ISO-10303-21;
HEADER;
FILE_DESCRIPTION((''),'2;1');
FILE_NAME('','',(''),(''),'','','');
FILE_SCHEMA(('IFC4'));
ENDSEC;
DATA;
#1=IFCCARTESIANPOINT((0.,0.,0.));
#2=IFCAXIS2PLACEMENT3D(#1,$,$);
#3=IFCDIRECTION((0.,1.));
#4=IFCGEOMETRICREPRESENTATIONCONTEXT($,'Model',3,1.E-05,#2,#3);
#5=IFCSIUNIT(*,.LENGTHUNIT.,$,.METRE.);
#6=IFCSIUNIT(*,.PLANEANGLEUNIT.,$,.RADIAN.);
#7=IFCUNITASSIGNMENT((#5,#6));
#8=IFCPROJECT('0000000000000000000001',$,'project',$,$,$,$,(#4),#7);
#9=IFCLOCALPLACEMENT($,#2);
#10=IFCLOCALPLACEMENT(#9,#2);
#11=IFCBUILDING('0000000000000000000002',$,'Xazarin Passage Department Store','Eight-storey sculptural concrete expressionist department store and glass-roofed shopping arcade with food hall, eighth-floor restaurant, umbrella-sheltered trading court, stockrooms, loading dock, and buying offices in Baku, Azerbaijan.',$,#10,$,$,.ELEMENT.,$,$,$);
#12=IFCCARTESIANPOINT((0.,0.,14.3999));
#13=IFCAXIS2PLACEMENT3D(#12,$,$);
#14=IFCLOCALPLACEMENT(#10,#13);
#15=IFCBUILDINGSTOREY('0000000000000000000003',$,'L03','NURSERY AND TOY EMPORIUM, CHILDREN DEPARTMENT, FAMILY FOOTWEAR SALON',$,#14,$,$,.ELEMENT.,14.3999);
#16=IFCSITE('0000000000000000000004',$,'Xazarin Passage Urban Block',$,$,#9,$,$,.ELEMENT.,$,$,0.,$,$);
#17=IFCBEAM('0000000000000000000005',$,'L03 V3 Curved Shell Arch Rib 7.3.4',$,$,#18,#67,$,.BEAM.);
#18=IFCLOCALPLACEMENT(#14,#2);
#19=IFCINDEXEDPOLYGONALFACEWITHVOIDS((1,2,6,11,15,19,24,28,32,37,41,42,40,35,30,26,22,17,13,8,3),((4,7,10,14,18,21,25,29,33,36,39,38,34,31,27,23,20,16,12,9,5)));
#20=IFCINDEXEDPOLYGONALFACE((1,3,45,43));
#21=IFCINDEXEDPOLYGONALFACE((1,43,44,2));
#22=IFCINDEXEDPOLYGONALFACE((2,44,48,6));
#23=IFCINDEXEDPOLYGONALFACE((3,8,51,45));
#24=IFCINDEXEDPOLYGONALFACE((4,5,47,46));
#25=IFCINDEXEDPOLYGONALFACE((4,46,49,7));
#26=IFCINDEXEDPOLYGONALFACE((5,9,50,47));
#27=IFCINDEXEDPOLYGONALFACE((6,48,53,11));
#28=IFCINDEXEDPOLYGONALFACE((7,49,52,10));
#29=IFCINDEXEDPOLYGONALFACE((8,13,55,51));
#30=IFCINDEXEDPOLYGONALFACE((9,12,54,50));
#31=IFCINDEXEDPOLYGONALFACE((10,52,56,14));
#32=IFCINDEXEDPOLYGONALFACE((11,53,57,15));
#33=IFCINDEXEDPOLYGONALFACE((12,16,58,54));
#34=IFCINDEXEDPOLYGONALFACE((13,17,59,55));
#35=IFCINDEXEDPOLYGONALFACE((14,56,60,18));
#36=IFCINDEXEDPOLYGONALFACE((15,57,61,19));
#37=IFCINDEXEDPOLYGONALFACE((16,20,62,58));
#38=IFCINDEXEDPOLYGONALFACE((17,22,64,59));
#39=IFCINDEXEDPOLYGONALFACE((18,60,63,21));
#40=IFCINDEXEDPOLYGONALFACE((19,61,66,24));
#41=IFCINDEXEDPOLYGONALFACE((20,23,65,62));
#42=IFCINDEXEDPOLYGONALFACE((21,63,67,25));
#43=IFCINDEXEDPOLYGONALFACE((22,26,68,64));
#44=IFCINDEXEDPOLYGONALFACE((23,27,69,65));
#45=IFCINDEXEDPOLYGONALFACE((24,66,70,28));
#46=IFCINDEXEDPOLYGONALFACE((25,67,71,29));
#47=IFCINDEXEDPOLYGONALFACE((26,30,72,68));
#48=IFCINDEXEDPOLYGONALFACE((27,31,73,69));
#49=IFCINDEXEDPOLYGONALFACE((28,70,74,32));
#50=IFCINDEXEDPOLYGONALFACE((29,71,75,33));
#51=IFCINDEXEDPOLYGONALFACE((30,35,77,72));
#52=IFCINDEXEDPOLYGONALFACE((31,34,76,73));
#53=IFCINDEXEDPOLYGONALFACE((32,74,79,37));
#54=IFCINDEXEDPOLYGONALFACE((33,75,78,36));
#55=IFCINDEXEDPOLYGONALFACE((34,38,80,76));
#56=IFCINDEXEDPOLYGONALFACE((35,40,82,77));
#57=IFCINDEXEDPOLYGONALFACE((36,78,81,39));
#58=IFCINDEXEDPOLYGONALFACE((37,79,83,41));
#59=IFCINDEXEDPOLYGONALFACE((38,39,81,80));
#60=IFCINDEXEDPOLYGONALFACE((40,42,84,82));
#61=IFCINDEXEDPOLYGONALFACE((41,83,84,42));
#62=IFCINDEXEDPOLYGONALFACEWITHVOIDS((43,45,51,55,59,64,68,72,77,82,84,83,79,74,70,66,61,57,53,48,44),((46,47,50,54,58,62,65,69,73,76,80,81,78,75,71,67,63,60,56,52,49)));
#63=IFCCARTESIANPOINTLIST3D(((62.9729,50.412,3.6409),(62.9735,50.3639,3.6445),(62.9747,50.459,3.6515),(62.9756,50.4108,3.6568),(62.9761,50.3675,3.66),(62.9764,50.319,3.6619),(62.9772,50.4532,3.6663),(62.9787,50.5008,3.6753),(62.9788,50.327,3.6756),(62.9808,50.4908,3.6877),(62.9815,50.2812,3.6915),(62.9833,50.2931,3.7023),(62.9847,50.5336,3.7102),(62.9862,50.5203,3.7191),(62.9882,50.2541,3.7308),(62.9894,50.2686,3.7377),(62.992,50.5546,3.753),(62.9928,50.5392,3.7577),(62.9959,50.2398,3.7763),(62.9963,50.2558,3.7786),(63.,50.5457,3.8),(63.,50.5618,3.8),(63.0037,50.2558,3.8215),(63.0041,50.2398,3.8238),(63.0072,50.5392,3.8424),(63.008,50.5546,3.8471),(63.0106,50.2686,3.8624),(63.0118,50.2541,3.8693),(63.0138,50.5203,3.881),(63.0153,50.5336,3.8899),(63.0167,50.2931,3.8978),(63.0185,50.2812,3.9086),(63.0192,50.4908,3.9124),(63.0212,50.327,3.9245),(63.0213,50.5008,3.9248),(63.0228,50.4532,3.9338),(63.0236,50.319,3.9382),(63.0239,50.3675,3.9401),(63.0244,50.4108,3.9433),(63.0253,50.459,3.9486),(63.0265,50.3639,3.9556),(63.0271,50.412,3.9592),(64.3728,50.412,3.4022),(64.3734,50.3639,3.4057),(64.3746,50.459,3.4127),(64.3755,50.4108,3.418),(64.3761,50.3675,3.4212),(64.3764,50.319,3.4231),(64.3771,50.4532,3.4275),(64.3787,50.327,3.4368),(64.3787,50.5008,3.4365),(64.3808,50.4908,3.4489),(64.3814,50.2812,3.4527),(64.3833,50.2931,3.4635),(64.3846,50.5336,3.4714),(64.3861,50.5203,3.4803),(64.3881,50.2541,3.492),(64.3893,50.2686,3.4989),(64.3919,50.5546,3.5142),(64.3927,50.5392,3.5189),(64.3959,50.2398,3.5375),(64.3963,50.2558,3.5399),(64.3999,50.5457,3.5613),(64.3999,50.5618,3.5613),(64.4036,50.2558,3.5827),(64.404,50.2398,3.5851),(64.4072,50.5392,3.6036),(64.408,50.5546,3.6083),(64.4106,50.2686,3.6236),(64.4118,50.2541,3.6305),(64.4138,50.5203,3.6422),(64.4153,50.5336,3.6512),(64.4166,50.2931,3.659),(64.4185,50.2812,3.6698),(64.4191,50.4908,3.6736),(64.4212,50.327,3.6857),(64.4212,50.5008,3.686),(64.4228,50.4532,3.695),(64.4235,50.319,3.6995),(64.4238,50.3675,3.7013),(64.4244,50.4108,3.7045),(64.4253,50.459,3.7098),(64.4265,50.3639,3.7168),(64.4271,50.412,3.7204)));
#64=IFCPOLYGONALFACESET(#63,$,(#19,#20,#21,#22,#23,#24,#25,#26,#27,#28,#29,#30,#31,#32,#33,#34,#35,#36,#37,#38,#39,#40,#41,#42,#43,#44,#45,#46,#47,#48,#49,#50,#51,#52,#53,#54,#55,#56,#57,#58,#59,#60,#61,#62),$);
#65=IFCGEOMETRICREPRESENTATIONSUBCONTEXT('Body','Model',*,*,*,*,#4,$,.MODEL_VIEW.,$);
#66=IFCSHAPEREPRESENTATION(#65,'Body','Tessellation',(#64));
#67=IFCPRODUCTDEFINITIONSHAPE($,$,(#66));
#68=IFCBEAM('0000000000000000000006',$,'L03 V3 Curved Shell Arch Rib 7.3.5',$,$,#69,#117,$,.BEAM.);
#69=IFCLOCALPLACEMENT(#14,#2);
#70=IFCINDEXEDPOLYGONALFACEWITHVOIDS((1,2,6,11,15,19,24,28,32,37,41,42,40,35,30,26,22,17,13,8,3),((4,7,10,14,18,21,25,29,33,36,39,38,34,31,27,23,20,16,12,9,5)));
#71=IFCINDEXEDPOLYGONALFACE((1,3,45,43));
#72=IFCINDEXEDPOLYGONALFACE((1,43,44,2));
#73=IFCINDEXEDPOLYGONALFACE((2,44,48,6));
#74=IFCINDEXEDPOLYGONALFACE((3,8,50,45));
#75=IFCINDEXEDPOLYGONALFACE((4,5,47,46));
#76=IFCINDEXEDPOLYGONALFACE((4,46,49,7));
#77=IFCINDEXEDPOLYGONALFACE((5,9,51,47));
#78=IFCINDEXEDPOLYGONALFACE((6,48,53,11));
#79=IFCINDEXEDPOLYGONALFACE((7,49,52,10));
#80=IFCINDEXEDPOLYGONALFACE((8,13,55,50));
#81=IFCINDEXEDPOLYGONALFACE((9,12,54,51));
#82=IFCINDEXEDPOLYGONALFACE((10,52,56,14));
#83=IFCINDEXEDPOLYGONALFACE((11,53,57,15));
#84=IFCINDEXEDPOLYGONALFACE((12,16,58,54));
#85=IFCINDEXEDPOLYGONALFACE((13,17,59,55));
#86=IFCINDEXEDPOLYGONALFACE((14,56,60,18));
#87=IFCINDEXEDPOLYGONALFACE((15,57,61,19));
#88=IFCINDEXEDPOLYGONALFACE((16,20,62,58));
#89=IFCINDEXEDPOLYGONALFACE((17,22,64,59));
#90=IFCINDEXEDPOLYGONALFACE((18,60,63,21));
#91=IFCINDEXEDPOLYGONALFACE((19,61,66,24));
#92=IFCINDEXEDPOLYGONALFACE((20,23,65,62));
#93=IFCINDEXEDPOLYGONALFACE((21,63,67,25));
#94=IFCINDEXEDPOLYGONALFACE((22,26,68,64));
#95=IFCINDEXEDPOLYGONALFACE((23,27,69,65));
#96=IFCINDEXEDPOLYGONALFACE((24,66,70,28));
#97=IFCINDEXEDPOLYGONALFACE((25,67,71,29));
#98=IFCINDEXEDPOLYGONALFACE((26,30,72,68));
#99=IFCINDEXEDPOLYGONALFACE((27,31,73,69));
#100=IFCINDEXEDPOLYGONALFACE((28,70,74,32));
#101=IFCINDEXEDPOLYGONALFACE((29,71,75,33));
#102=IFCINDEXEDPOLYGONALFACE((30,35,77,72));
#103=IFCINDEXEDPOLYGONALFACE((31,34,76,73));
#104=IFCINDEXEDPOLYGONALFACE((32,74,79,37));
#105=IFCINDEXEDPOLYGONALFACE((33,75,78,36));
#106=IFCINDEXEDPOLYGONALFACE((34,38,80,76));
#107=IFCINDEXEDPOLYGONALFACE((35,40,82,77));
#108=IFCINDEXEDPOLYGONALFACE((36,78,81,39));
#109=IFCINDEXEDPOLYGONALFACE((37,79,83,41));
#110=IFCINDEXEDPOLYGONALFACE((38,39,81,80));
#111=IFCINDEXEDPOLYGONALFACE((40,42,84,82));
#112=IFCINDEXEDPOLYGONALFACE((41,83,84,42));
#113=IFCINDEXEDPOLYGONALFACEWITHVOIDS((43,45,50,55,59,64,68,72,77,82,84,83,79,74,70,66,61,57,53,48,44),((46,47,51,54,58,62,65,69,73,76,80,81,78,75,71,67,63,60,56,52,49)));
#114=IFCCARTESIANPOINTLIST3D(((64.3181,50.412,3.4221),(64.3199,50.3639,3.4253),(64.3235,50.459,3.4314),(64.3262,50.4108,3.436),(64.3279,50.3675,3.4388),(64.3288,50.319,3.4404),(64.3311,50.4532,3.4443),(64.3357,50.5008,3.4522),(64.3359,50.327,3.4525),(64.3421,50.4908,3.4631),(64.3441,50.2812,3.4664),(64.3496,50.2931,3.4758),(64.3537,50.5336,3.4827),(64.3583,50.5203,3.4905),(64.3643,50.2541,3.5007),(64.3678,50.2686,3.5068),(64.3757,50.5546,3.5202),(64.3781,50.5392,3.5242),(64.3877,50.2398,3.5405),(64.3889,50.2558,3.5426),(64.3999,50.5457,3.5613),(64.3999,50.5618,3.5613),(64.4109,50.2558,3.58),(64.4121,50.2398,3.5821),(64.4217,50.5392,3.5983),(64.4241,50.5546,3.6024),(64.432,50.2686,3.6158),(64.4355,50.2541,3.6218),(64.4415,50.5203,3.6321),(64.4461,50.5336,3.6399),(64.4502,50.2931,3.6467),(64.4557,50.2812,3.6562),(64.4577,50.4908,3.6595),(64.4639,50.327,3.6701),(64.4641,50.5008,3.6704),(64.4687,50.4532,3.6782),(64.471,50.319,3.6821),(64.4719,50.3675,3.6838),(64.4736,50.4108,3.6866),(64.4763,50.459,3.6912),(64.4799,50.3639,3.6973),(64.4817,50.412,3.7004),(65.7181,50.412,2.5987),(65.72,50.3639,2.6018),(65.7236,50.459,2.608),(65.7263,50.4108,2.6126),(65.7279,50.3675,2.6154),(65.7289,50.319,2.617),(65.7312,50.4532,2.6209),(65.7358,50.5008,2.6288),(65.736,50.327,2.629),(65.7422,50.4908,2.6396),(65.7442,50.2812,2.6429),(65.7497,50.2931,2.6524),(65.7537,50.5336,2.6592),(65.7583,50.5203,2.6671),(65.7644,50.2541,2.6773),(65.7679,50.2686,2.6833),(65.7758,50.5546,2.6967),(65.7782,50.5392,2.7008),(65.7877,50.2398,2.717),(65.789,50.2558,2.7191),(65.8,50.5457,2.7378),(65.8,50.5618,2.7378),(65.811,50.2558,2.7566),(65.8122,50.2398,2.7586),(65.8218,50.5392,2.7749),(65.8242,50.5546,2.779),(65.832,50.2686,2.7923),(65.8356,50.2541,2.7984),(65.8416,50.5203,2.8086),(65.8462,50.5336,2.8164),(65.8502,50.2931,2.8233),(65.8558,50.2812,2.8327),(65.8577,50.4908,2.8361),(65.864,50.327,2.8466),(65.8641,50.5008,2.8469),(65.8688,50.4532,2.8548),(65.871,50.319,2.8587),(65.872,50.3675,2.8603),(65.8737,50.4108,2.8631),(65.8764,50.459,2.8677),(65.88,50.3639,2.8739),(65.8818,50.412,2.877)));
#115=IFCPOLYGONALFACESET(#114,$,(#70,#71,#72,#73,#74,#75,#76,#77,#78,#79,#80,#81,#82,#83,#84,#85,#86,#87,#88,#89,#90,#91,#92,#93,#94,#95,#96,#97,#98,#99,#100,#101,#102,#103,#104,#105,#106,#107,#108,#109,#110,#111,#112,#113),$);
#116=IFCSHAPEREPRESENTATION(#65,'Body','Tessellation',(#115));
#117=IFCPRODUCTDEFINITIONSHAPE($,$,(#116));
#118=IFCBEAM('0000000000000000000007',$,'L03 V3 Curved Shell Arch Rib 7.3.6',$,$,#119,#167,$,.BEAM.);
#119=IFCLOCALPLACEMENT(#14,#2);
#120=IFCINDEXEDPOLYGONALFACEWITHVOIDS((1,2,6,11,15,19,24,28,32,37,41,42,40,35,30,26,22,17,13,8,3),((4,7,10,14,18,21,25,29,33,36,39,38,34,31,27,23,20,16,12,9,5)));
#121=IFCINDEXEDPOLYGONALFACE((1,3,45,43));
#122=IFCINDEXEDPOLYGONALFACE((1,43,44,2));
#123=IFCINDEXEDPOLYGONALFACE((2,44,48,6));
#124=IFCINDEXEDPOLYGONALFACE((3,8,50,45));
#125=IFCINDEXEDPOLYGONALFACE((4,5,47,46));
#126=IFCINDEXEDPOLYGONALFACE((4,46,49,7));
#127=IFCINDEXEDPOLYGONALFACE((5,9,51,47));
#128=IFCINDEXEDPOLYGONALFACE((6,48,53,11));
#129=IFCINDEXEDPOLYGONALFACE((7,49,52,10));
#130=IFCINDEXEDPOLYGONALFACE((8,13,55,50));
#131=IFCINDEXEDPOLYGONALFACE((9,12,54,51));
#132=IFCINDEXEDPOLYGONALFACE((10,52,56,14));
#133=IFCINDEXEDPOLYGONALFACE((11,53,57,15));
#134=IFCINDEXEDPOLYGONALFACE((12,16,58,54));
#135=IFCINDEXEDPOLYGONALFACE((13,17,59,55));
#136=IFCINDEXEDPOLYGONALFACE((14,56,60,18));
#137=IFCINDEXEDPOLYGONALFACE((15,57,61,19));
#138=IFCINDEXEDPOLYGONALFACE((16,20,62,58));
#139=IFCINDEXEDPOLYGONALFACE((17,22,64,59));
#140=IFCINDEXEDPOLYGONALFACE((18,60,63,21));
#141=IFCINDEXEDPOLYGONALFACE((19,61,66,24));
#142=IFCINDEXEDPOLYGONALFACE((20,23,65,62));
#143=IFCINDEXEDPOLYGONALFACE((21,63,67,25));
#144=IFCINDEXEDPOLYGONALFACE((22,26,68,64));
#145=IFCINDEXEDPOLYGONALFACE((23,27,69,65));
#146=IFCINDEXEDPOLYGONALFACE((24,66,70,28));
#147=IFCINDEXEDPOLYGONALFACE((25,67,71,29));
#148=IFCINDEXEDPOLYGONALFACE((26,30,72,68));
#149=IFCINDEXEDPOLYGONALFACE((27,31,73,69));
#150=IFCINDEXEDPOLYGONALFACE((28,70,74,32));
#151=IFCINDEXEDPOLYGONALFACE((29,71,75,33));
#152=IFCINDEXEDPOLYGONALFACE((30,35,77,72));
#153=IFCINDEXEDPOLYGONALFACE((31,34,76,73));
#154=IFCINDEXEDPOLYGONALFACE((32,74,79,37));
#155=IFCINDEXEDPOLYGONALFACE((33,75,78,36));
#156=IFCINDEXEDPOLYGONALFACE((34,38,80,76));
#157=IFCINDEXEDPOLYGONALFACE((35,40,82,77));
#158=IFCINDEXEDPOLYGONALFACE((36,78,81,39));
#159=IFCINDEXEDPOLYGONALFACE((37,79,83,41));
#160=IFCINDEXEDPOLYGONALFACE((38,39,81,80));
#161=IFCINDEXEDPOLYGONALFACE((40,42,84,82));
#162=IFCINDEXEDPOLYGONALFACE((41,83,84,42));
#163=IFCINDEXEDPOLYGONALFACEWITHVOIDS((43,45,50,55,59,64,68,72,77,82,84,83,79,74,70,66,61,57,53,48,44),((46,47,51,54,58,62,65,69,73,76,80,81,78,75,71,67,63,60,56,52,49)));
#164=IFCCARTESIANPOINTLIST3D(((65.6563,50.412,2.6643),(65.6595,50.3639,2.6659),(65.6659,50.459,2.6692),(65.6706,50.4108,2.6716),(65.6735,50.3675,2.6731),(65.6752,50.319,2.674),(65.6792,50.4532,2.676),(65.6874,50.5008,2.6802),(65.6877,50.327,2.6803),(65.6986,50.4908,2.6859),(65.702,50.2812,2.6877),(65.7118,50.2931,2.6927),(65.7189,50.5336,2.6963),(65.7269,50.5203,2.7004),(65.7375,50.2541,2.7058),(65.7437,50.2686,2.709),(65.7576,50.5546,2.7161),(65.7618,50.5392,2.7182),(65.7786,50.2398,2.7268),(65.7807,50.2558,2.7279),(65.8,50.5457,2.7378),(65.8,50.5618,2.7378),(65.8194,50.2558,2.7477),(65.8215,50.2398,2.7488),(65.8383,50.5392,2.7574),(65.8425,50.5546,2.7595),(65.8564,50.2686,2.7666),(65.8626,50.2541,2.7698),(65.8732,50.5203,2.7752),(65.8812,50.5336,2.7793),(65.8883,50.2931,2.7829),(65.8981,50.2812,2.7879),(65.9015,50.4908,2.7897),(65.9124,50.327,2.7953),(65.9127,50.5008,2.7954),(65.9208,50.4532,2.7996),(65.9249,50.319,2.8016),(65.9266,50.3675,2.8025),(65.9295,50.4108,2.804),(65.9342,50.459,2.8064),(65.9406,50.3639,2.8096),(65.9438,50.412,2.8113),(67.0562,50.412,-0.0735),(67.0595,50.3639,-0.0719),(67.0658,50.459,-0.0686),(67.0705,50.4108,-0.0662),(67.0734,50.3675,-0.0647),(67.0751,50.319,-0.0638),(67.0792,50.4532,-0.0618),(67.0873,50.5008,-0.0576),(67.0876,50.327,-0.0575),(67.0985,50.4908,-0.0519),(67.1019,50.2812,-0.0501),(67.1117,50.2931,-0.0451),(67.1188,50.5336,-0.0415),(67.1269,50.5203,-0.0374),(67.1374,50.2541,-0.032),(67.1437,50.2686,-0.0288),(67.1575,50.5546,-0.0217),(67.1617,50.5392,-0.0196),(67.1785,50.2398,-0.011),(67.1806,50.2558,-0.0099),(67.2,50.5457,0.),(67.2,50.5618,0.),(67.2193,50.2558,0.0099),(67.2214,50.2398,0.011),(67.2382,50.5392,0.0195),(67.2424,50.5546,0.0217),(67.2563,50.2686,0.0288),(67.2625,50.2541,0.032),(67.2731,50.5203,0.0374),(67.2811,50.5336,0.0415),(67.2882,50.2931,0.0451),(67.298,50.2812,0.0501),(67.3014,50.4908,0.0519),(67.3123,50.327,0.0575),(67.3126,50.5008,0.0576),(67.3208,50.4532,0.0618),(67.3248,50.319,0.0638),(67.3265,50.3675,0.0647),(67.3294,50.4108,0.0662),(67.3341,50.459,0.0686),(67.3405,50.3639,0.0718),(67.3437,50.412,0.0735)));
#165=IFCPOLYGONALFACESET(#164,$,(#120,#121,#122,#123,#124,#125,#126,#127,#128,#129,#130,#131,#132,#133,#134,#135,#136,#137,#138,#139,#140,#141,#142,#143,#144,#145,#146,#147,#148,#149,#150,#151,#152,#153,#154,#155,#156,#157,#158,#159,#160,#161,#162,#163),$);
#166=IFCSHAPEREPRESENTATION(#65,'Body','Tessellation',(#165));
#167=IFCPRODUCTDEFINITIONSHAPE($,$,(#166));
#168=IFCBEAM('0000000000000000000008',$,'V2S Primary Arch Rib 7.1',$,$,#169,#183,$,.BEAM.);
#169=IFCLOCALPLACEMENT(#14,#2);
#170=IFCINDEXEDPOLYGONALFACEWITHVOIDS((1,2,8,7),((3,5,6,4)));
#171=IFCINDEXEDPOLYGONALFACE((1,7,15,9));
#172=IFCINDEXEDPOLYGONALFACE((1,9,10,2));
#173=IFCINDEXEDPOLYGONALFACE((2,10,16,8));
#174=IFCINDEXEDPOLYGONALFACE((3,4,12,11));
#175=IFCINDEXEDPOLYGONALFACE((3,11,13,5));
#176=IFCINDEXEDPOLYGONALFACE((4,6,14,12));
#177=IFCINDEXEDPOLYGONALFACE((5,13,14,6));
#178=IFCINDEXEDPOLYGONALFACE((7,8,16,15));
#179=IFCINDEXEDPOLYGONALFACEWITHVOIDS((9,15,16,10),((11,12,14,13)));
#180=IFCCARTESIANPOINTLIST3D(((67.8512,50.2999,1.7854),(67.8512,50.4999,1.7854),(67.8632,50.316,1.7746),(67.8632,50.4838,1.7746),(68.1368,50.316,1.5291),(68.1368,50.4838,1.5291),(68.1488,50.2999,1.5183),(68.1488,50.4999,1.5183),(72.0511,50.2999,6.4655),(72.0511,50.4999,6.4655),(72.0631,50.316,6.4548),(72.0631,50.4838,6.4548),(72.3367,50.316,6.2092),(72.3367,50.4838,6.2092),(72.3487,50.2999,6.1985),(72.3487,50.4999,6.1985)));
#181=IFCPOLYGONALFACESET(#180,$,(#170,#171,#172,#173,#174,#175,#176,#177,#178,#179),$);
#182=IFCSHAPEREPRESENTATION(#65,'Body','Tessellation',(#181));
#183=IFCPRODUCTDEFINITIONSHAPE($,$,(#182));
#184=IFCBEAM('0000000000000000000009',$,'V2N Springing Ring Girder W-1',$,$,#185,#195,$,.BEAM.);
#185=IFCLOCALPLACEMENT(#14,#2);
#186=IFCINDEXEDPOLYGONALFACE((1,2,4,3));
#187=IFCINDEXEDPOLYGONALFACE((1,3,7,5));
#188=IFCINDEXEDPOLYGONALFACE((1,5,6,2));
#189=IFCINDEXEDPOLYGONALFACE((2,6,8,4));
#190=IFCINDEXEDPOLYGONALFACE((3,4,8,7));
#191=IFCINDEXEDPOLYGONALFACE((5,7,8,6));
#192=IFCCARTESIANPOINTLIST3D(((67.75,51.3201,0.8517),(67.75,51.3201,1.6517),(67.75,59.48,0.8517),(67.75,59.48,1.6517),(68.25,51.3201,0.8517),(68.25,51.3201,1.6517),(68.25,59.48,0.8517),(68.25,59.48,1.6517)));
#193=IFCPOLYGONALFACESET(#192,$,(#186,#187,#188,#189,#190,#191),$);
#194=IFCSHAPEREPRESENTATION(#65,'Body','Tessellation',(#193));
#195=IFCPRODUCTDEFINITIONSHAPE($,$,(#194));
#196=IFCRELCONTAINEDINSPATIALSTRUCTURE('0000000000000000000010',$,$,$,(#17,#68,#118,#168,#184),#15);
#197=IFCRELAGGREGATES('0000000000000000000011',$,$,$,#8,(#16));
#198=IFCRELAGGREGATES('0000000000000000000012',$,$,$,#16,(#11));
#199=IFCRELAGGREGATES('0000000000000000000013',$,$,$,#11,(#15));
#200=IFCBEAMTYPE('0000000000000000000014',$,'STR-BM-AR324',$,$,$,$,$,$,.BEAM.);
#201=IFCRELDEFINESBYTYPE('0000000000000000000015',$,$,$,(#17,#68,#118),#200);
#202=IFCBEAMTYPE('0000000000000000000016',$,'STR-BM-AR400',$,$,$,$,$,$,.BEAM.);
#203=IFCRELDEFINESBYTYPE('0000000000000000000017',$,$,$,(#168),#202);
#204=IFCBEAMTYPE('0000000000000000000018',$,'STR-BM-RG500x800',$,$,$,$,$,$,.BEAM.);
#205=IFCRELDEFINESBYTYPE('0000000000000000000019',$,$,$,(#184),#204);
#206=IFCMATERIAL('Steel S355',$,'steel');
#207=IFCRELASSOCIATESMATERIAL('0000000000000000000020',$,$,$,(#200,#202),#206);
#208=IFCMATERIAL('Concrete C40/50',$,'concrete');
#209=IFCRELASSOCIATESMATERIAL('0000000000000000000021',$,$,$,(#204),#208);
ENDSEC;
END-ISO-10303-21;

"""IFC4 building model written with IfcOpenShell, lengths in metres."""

from ifc_helpers import new_model, si_unit, direction, frame, origin, origin_2d, place, context, subcontext, project, spatial, rectangle, hollow_rectangle, hollow_circle, extrude, material, material_profile, profile_set, type_object, element, save


model = new_model("IFC4")

# Units and contexts
model_context = context("Model", 3, precision=1e-05, world=origin(), true_north=direction((0.0, 1.0)))
body_context = subcontext(model_context, "Body", "Model", "MODEL_VIEW")
ifc_project = project(units=[si_unit("LENGTHUNIT", "METRE"), si_unit("PLANEANGLEUNIT", "RADIAN")], contexts=[model_context])

# Site, building, storey
site_placement = place(None, origin())
site = spatial("IfcSite", under=ifc_project, at=site_placement, Name="Xazarin Passage Urban Block", CompositionType="ELEMENT", RefElevation=0.0)
building_placement = place(site_placement, origin())
building = spatial("IfcBuilding", under=site, at=building_placement, Name="Xazarin Passage Department Store", Description="Eight-storey sculptural concrete expressionist department store and glass-roofed shopping arcade with food hall, eighth-floor restaurant, umbrella-sheltered trading court, stockrooms, loading dock, and buying offices in Baku, Azerbaijan.", CompositionType="ELEMENT")
storey_placement = place(building_placement, frame((0.0, 0.0, 14.3999)))
storey = spatial("IfcBuildingStorey", under=building, at=storey_placement, Name="L03", Description="NURSERY AND TOY EMPORIUM, CHILDREN DEPARTMENT, FAMILY FOOTWEAR SALON", CompositionType="ELEMENT", Elevation=14.3999)

# Shared definitions
ifc_material_1 = material(Name="Steel S355", Category="steel")

# Beams
ifc_material_profile_1 = material_profile(ifc_material_1, hollow_circle(Radius=0.1619, WallThickness=0.0161, at=origin_2d()), Name="CHS 323.9x16")
ifc_profile_set_1 = profile_set([ifc_material_profile_1], Name="Steel S355")
beam_type_1 = type_object("IfcBeamType", Name="STR-BM-AR324", PredefinedType="BEAM", material=ifc_profile_set_1)
beam_1_placement = place(storey_placement, frame((63.0, 50.3999, 3.8), z_axis=(0.985764, 0.0, -0.168133), x_axis=(0.0, 1.0, 0.0)))
element("IfcBeam", 1, at=beam_1_placement, inside=storey, type_object=beam_type_1, Name="L03 V3 Curved Shell Arch Rib 7.3.4", PredefinedType="BEAM", context=body_context, shape_type="SweptSolid", body=[
    extrude(hollow_circle(Radius=0.1619, WallThickness=0.0161, at=origin_2d()), origin(), (0.0, 0.0, 1.0), 1.4202),
])
beam_2_placement = place(storey_placement, frame((64.3999, 50.3999, 3.5613), z_axis=(0.861969, 0.0, -0.506961), x_axis=(0.0, 1.0, 0.0)))
element("IfcBeam", 2, at=beam_2_placement, inside=storey, type_object=beam_type_1, Name="L03 V3 Curved Shell Arch Rib 7.3.5", PredefinedType="BEAM", context=body_context, shape_type="SweptSolid", body=[
    extrude(hollow_circle(Radius=0.1619, WallThickness=0.0161, at=origin_2d()), origin(), (0.0, 0.0, 1.0), 1.6243),
])
beam_3_placement = place(storey_placement, frame((65.8, 50.3999, 2.7378), z_axis=(0.455262, 0.0, -0.890357), x_axis=(0.0, 1.0, 0.0)))
element("IfcBeam", 3, at=beam_3_placement, inside=storey, type_object=beam_type_1, Name="L03 V3 Curved Shell Arch Rib 7.3.6", PredefinedType="BEAM", context=body_context, shape_type="SweptSolid", body=[
    extrude(hollow_circle(Radius=0.1619, WallThickness=0.0161, at=origin_2d()), origin(), (0.0, 0.0, 1.0), 3.075),
])
ifc_material_profile_2 = material_profile(ifc_material_1, hollow_rectangle(XDim=0.2, YDim=0.3999, WallThickness=0.0161, at=origin_2d()), Name="RHS 400x200x16")
ifc_profile_set_2 = profile_set([ifc_material_profile_2], Name="Steel S355")
beam_type_2 = type_object("IfcBeamType", Name="STR-BM-AR400", PredefinedType="BEAM", material=ifc_profile_set_2)
beam_4_placement = place(storey_placement, frame((68.0, 50.3999, 1.6519), z_axis=(0.667892, 0.0, 0.744259), x_axis=(0.0, 1.0, 0.0)))
element("IfcBeam", 4, at=beam_4_placement, inside=storey, type_object=beam_type_2, Name="V2S Primary Arch Rib 7.1", PredefinedType="BEAM", context=body_context, shape_type="SweptSolid", body=[
    extrude(hollow_rectangle(XDim=0.2, YDim=0.3999, WallThickness=0.0161, at=origin_2d()), origin(), (0.0, 0.0, 1.0), 6.2883),
])
ifc_material_2 = material(Name="Concrete C40/50", Category="concrete")
ifc_material_profile_3 = material_profile(ifc_material_2, rectangle(XDim=0.5, YDim=0.8, at=origin_2d()), Name="RC 500x800")
ifc_profile_set_3 = profile_set([ifc_material_profile_3], Name="Concrete C40/50")
beam_type_3 = type_object("IfcBeamType", Name="STR-BM-RG500x800", PredefinedType="BEAM", material=ifc_profile_set_3)
beam_5_placement = place(storey_placement, frame((68.0, 51.3201, 1.2517), z_axis=(0.0, 1.0, 0.0), x_axis=(-1.0, 0.0, 0.0)))
element("IfcBeam", 5, at=beam_5_placement, inside=storey, type_object=beam_type_3, Name="V2N Springing Ring Girder W-1", PredefinedType="BEAM", context=body_context, shape_type="SweptSolid", body=[
    extrude(rectangle(XDim=0.5, YDim=0.8, at=origin_2d()), origin(), (0.0, 0.0, 1.0), 8.1599),
])

save(model, "model.ifc")
